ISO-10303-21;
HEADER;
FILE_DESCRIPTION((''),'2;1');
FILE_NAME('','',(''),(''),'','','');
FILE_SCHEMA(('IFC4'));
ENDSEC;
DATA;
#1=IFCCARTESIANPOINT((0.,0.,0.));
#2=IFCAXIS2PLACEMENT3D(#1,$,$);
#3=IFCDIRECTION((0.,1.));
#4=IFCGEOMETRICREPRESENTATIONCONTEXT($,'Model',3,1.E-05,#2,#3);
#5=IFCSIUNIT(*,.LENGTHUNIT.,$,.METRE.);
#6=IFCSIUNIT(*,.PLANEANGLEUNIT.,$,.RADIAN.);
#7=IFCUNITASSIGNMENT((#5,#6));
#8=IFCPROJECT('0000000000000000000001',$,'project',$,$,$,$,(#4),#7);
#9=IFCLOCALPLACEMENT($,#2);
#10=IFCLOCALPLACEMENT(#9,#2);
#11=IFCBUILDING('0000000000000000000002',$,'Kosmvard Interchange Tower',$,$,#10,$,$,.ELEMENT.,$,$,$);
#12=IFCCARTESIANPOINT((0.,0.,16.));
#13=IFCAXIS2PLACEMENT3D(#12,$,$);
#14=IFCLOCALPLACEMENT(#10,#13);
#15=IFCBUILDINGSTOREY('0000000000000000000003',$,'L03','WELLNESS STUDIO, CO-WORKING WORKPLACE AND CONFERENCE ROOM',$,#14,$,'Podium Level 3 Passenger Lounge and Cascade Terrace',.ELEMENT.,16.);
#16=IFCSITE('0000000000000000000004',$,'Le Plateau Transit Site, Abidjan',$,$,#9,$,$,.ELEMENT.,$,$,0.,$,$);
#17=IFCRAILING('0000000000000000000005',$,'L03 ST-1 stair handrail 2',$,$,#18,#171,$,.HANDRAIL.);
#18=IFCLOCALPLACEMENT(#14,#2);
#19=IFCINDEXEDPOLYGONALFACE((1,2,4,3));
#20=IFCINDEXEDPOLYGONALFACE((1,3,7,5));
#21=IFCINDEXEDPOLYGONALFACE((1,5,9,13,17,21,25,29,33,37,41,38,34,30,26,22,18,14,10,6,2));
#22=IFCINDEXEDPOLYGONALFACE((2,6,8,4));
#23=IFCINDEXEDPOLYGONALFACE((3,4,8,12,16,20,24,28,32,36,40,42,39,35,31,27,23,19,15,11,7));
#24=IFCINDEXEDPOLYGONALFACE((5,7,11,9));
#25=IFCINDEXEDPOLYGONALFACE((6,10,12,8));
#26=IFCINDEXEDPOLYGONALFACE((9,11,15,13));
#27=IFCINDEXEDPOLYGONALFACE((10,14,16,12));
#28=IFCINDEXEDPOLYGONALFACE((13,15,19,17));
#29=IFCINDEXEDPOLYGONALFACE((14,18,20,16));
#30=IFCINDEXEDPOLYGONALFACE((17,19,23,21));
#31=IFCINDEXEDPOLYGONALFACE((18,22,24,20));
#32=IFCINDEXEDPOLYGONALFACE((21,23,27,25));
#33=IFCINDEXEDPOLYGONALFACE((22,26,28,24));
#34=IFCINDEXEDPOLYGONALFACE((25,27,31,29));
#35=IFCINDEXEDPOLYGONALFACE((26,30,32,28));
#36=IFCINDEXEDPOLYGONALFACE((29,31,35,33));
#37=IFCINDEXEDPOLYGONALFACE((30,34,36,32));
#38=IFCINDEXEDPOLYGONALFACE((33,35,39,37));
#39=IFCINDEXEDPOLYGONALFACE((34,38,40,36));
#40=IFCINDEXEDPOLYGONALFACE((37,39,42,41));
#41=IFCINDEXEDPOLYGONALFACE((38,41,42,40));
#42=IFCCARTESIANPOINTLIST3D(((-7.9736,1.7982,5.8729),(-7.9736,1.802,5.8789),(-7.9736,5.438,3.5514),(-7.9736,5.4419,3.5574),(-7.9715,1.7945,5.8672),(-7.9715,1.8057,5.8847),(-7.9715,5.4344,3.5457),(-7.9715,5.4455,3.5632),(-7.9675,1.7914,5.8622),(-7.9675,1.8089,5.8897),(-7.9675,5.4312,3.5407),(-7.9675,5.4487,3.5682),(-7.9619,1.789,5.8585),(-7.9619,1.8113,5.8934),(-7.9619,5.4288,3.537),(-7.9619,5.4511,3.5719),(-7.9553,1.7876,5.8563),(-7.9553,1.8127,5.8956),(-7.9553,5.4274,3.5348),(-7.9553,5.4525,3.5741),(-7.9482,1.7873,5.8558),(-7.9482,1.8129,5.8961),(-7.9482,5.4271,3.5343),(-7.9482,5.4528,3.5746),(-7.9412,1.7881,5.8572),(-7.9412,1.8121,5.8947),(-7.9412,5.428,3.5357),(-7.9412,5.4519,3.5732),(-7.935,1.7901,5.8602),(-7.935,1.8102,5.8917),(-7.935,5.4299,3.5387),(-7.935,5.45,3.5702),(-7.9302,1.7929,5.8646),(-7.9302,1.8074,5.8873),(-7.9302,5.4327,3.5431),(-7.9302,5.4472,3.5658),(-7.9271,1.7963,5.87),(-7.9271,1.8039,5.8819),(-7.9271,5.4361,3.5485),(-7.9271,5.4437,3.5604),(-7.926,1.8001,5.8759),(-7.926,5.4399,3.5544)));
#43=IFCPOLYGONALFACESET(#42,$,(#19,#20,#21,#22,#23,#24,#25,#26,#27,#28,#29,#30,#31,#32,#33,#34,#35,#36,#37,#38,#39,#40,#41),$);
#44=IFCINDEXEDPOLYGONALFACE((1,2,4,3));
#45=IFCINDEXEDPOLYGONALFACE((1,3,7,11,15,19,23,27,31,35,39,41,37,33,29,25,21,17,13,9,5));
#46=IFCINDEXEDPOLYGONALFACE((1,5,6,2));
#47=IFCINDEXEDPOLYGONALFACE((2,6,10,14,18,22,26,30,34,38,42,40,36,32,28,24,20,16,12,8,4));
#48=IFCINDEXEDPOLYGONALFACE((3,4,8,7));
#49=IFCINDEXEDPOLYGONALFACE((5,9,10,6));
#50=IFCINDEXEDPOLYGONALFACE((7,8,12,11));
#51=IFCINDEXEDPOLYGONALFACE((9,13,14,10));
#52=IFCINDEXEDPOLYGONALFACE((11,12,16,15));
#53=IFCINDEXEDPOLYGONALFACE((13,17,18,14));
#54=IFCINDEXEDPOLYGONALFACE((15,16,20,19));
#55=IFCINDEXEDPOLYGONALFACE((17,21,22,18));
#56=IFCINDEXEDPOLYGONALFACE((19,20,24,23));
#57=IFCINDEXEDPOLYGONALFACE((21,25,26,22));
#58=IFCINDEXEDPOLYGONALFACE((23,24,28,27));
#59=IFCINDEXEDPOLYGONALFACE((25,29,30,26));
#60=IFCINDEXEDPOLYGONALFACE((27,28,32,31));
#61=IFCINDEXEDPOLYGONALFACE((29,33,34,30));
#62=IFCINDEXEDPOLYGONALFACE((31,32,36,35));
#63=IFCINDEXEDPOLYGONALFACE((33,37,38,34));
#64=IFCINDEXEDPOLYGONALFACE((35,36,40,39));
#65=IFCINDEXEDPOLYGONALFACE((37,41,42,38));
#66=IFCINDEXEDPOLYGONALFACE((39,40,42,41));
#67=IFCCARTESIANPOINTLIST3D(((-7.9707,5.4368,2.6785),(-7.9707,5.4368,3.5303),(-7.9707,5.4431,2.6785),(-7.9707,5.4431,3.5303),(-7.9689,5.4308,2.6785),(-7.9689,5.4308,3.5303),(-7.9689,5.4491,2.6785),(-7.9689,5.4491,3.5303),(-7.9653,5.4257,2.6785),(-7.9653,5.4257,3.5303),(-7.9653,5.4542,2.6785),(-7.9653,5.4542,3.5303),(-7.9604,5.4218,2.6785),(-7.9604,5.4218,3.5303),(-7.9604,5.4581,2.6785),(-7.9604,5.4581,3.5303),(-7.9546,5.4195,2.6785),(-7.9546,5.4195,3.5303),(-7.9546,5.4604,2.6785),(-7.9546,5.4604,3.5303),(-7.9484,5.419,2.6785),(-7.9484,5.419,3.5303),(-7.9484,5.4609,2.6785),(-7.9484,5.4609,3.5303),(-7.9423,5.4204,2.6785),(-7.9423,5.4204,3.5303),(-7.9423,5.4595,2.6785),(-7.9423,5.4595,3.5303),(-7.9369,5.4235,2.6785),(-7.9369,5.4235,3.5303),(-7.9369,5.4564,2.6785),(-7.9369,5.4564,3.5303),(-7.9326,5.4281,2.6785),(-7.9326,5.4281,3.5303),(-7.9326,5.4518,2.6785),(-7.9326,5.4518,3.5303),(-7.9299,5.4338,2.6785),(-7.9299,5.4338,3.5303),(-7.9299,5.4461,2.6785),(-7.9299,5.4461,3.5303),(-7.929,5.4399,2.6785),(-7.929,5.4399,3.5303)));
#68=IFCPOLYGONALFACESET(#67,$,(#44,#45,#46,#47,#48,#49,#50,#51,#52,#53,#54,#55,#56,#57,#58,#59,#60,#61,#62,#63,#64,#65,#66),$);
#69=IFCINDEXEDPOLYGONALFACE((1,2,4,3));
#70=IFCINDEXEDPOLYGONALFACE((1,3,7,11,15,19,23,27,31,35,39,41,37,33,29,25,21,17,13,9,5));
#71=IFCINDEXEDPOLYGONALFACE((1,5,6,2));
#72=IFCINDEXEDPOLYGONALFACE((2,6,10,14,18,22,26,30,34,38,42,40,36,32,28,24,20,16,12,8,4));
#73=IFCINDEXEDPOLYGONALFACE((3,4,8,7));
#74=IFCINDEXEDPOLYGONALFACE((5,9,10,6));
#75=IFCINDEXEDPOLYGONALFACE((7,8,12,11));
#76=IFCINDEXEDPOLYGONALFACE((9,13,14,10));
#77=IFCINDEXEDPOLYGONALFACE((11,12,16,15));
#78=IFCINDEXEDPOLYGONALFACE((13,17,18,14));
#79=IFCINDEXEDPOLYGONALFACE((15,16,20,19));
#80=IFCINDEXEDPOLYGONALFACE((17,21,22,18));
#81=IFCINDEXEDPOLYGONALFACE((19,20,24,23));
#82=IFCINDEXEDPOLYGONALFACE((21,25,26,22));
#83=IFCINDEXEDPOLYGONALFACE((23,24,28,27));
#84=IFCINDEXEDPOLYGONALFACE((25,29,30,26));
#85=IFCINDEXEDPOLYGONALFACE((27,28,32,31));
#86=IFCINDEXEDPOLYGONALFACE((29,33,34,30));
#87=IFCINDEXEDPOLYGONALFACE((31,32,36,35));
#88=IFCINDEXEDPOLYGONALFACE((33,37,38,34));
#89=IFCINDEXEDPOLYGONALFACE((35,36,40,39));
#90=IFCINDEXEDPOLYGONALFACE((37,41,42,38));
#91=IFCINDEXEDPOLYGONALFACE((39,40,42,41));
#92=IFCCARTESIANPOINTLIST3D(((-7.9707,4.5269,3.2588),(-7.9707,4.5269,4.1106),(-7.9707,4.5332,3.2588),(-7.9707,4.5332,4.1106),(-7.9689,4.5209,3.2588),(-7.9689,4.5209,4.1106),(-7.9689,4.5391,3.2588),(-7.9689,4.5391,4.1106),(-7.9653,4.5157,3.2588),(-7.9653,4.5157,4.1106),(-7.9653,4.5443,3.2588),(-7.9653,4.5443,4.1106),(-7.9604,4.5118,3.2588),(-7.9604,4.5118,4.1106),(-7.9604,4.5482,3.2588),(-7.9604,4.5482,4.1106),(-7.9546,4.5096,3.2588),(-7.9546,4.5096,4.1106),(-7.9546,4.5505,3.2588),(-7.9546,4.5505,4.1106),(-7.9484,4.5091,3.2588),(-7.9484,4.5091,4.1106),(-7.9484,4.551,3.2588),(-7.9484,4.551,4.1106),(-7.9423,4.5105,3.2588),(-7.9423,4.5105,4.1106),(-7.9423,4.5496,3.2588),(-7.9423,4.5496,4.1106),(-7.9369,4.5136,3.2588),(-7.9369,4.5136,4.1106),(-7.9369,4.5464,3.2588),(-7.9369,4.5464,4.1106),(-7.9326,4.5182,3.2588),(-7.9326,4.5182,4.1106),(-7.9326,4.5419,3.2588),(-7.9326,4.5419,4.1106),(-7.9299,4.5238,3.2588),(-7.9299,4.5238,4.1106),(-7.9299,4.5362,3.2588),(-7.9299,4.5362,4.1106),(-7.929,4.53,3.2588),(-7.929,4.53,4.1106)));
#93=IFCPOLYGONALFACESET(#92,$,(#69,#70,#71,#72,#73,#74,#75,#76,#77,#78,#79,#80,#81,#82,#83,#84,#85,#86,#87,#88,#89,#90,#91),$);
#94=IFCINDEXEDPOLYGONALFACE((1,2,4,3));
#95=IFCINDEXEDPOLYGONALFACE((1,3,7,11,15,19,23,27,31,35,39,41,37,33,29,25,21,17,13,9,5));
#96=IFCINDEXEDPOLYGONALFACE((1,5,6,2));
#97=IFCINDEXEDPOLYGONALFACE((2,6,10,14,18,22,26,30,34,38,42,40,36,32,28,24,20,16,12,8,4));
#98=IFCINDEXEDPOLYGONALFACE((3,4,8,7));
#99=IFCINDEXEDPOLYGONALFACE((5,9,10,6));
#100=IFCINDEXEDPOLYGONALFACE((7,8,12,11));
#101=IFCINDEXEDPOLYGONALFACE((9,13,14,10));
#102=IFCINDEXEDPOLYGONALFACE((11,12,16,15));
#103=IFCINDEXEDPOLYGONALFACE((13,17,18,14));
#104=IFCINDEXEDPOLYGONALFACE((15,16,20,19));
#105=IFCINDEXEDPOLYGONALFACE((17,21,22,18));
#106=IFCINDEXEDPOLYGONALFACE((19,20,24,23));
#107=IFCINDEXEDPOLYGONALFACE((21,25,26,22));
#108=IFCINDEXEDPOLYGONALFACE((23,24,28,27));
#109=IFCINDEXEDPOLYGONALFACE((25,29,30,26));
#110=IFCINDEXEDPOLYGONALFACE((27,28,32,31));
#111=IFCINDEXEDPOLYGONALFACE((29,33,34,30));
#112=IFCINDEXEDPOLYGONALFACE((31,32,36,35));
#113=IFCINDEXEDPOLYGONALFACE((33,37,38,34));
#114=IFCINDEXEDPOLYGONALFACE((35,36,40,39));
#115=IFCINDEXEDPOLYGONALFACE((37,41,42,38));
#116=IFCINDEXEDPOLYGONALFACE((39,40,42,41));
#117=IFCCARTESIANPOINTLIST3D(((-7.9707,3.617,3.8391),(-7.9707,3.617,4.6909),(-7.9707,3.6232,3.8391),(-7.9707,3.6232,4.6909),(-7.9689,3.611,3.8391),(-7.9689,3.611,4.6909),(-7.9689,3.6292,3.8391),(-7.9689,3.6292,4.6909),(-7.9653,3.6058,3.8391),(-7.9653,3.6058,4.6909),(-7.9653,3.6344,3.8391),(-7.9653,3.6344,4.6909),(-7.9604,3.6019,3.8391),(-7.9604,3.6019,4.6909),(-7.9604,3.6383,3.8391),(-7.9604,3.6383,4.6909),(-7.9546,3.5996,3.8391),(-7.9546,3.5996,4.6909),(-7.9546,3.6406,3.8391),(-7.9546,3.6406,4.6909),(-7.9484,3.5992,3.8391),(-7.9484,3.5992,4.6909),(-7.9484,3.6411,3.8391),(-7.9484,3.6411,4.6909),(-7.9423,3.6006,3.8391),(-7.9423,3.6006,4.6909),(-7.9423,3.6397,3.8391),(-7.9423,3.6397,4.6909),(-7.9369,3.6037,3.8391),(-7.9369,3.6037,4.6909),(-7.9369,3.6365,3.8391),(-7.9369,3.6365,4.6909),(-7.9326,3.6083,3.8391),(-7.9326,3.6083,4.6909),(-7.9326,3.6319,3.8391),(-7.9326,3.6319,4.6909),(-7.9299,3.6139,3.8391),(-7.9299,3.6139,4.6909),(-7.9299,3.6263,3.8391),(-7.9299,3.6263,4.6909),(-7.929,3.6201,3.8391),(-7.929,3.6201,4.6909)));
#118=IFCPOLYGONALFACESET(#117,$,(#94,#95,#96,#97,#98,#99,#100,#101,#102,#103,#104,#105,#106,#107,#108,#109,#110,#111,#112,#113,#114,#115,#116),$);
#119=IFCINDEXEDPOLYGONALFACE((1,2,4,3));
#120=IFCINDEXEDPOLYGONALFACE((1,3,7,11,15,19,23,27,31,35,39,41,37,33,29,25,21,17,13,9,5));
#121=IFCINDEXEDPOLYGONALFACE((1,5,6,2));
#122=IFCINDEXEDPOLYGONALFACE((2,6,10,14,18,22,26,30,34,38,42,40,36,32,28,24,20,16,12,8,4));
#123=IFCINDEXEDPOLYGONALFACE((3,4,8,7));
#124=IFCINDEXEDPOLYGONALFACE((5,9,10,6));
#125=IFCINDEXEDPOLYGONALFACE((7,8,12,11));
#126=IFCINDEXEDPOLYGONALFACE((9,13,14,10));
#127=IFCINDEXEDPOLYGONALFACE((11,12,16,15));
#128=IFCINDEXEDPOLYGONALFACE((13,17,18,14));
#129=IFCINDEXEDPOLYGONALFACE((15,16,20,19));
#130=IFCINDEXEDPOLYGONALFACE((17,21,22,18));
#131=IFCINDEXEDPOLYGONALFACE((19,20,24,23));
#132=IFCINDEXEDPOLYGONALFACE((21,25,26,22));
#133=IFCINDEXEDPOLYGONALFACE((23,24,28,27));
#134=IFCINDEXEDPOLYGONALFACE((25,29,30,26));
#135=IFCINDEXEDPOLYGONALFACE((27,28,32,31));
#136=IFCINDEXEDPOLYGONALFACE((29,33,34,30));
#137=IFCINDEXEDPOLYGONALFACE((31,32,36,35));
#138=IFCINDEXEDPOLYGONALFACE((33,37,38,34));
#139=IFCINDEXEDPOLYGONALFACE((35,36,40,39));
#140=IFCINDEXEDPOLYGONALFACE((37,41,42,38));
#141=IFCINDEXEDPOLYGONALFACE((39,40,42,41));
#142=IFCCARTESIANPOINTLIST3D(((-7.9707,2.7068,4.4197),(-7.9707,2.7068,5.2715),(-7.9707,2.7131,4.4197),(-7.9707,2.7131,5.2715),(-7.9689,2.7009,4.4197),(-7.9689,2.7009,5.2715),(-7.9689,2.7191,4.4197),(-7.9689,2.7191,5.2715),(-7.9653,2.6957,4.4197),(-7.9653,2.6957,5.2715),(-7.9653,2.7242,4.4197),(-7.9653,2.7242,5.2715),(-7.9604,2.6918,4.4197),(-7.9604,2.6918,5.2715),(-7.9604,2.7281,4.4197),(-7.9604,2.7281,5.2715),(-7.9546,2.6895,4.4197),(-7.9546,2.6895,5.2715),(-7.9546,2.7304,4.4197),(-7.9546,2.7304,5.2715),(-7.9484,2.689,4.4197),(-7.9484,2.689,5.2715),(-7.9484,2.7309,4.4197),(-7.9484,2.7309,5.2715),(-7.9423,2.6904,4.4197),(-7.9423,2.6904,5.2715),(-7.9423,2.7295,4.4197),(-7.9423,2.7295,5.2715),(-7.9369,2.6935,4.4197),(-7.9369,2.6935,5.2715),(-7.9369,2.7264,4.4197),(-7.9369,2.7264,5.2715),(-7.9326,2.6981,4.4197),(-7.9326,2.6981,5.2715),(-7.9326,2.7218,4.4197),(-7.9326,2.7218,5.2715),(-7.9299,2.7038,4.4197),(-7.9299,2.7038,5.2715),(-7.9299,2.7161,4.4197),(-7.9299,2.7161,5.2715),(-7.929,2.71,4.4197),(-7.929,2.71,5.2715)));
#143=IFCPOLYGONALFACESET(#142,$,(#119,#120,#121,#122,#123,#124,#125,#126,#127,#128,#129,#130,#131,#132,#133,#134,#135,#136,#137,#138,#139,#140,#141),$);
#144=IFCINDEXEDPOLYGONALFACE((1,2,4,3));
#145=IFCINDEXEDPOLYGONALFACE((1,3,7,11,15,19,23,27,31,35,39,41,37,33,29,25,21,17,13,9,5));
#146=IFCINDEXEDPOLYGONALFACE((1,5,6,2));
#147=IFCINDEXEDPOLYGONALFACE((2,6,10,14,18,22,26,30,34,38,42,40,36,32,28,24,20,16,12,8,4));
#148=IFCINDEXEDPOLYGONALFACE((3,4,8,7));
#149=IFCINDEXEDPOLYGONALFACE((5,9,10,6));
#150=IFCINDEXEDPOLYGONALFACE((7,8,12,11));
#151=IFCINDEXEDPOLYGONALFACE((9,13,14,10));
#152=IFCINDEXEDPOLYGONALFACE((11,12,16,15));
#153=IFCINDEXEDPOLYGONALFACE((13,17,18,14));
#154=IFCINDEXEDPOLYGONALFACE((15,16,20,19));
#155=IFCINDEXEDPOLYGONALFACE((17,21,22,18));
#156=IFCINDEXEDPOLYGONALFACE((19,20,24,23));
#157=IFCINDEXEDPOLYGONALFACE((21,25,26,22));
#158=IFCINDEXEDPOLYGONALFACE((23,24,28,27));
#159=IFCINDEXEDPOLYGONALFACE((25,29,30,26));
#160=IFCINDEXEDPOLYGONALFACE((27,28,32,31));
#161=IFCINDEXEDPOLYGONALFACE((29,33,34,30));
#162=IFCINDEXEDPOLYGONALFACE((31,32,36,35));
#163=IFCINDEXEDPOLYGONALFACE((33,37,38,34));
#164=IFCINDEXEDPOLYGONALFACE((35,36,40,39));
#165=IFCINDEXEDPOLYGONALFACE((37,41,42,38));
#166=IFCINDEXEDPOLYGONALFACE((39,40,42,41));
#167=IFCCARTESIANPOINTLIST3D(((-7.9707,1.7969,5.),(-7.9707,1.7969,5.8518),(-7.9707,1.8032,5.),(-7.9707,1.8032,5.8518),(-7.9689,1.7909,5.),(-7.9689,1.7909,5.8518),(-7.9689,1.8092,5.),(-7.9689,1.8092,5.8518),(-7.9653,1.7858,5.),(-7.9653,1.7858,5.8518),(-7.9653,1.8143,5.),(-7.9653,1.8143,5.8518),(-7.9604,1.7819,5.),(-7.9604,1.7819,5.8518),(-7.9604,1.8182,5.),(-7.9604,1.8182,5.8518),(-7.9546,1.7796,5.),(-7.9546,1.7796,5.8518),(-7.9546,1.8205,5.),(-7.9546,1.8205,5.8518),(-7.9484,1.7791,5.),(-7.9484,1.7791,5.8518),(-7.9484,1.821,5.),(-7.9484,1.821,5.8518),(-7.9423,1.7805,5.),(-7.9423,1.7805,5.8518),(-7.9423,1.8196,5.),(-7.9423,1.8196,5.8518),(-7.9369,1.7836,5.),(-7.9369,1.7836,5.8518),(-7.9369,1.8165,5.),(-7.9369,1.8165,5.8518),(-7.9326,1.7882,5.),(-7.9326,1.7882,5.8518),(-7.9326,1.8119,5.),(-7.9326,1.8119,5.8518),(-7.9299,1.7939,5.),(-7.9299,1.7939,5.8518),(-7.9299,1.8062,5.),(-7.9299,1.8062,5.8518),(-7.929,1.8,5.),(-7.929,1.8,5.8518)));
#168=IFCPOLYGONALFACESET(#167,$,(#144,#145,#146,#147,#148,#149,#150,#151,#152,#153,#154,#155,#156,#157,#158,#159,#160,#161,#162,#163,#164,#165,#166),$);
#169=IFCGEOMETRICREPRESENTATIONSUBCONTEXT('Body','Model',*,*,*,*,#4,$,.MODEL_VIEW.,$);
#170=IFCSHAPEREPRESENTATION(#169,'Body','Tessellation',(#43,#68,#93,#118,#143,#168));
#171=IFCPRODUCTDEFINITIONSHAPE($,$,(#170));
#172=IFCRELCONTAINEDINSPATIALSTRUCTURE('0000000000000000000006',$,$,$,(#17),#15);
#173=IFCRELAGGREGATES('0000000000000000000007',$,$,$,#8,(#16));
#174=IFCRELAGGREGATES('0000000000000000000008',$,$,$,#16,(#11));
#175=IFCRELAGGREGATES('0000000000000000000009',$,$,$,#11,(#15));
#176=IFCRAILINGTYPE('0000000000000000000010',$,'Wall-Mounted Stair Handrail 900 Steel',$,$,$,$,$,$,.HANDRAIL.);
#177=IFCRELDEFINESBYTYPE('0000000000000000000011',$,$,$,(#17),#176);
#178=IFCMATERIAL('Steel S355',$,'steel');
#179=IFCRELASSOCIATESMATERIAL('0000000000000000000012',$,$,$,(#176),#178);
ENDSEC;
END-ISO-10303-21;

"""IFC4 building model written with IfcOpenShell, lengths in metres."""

from ifc_helpers import new_model, si_unit, direction, frame, origin, origin_2d, place, context, subcontext, project, spatial, circle, extrude, source, transform, mapped, material, type_object, element, save


model = new_model("IFC4")

# Units and contexts
model_context = context("Model", 3, precision=1e-05, world=origin(), true_north=direction((0.0, 1.0)))
body_context = subcontext(model_context, "Body", "Model", "MODEL_VIEW")
ifc_project = project(units=[si_unit("LENGTHUNIT", "METRE"), si_unit("PLANEANGLEUNIT", "RADIAN")], contexts=[model_context])

# Site, building, storey
site_placement = place(None, origin())
site = spatial("IfcSite", under=ifc_project, at=site_placement, Name="Le Plateau Transit Site, Abidjan", CompositionType="ELEMENT", RefElevation=0.0)
building_placement = place(site_placement, origin())
building = spatial("IfcBuilding", under=site, at=building_placement, Name="Kosmvard Interchange Tower", CompositionType="ELEMENT")
storey_placement = place(building_placement, frame((0.0, 0.0, 16.0)))
storey = spatial("IfcBuildingStorey", under=building, at=storey_placement, Name="L03", Description="WELLNESS STUDIO, CO-WORKING WORKPLACE AND CONFERENCE ROOM", LongName="Podium Level 3 Passenger Lounge and Cascade Terrace", CompositionType="ELEMENT", Elevation=16.0)

# Railing
ifc_material_1 = material(Name="Steel S355", Category="steel")
railing_type_1 = type_object("IfcRailingType", Name="Wall-Mounted Stair Handrail 900 Steel", PredefinedType="HANDRAIL", material=ifc_material_1)
shared_shape_1 = source(origin(), body_context, "Body", "SweptSolid", [
    extrude(circle(Radius=0.0239, at=origin_2d()), frame((0.0, 0.0, 0.876), z_axis=(0.0, -0.843112, 0.537739), x_axis=(1.0, 0.0, 0.0)), (0.0, 0.0, 1.0), 4.3171),
    extrude(circle(Radius=0.021, at=origin_2d()), origin(), (0.0, 0.0, 1.0), 0.8518),
    extrude(circle(Radius=0.021, at=origin_2d()), frame((0.0, -0.9099, 0.5803)), (0.0, 0.0, 1.0), 0.8518),
    extrude(circle(Radius=0.021, at=origin_2d()), frame((0.0, -1.8198, 1.1606)), (0.0, 0.0, 1.0), 0.8518),
    extrude(circle(Radius=0.021, at=origin_2d()), frame((0.0, -2.73, 1.7412)), (0.0, 0.0, 1.0), 0.8518),
    extrude(circle(Radius=0.021, at=origin_2d()), frame((0.0, -3.6399, 2.3215)), (0.0, 0.0, 1.0), 0.8518),
])
railing_1_placement = place(storey_placement, frame((-7.95, 5.4399, 2.6785)))
element("IfcRailing", 1, at=railing_1_placement, inside=storey, type_object=railing_type_1, Name="L03 ST-1 stair handrail 2", PredefinedType="HANDRAIL", context=body_context, shape_type="MappedRepresentation", body=[
    mapped(shared_shape_1, transform((0.0, 0.0, 0.0), scale=1.0)),
])

save(model, "model.ifc")
